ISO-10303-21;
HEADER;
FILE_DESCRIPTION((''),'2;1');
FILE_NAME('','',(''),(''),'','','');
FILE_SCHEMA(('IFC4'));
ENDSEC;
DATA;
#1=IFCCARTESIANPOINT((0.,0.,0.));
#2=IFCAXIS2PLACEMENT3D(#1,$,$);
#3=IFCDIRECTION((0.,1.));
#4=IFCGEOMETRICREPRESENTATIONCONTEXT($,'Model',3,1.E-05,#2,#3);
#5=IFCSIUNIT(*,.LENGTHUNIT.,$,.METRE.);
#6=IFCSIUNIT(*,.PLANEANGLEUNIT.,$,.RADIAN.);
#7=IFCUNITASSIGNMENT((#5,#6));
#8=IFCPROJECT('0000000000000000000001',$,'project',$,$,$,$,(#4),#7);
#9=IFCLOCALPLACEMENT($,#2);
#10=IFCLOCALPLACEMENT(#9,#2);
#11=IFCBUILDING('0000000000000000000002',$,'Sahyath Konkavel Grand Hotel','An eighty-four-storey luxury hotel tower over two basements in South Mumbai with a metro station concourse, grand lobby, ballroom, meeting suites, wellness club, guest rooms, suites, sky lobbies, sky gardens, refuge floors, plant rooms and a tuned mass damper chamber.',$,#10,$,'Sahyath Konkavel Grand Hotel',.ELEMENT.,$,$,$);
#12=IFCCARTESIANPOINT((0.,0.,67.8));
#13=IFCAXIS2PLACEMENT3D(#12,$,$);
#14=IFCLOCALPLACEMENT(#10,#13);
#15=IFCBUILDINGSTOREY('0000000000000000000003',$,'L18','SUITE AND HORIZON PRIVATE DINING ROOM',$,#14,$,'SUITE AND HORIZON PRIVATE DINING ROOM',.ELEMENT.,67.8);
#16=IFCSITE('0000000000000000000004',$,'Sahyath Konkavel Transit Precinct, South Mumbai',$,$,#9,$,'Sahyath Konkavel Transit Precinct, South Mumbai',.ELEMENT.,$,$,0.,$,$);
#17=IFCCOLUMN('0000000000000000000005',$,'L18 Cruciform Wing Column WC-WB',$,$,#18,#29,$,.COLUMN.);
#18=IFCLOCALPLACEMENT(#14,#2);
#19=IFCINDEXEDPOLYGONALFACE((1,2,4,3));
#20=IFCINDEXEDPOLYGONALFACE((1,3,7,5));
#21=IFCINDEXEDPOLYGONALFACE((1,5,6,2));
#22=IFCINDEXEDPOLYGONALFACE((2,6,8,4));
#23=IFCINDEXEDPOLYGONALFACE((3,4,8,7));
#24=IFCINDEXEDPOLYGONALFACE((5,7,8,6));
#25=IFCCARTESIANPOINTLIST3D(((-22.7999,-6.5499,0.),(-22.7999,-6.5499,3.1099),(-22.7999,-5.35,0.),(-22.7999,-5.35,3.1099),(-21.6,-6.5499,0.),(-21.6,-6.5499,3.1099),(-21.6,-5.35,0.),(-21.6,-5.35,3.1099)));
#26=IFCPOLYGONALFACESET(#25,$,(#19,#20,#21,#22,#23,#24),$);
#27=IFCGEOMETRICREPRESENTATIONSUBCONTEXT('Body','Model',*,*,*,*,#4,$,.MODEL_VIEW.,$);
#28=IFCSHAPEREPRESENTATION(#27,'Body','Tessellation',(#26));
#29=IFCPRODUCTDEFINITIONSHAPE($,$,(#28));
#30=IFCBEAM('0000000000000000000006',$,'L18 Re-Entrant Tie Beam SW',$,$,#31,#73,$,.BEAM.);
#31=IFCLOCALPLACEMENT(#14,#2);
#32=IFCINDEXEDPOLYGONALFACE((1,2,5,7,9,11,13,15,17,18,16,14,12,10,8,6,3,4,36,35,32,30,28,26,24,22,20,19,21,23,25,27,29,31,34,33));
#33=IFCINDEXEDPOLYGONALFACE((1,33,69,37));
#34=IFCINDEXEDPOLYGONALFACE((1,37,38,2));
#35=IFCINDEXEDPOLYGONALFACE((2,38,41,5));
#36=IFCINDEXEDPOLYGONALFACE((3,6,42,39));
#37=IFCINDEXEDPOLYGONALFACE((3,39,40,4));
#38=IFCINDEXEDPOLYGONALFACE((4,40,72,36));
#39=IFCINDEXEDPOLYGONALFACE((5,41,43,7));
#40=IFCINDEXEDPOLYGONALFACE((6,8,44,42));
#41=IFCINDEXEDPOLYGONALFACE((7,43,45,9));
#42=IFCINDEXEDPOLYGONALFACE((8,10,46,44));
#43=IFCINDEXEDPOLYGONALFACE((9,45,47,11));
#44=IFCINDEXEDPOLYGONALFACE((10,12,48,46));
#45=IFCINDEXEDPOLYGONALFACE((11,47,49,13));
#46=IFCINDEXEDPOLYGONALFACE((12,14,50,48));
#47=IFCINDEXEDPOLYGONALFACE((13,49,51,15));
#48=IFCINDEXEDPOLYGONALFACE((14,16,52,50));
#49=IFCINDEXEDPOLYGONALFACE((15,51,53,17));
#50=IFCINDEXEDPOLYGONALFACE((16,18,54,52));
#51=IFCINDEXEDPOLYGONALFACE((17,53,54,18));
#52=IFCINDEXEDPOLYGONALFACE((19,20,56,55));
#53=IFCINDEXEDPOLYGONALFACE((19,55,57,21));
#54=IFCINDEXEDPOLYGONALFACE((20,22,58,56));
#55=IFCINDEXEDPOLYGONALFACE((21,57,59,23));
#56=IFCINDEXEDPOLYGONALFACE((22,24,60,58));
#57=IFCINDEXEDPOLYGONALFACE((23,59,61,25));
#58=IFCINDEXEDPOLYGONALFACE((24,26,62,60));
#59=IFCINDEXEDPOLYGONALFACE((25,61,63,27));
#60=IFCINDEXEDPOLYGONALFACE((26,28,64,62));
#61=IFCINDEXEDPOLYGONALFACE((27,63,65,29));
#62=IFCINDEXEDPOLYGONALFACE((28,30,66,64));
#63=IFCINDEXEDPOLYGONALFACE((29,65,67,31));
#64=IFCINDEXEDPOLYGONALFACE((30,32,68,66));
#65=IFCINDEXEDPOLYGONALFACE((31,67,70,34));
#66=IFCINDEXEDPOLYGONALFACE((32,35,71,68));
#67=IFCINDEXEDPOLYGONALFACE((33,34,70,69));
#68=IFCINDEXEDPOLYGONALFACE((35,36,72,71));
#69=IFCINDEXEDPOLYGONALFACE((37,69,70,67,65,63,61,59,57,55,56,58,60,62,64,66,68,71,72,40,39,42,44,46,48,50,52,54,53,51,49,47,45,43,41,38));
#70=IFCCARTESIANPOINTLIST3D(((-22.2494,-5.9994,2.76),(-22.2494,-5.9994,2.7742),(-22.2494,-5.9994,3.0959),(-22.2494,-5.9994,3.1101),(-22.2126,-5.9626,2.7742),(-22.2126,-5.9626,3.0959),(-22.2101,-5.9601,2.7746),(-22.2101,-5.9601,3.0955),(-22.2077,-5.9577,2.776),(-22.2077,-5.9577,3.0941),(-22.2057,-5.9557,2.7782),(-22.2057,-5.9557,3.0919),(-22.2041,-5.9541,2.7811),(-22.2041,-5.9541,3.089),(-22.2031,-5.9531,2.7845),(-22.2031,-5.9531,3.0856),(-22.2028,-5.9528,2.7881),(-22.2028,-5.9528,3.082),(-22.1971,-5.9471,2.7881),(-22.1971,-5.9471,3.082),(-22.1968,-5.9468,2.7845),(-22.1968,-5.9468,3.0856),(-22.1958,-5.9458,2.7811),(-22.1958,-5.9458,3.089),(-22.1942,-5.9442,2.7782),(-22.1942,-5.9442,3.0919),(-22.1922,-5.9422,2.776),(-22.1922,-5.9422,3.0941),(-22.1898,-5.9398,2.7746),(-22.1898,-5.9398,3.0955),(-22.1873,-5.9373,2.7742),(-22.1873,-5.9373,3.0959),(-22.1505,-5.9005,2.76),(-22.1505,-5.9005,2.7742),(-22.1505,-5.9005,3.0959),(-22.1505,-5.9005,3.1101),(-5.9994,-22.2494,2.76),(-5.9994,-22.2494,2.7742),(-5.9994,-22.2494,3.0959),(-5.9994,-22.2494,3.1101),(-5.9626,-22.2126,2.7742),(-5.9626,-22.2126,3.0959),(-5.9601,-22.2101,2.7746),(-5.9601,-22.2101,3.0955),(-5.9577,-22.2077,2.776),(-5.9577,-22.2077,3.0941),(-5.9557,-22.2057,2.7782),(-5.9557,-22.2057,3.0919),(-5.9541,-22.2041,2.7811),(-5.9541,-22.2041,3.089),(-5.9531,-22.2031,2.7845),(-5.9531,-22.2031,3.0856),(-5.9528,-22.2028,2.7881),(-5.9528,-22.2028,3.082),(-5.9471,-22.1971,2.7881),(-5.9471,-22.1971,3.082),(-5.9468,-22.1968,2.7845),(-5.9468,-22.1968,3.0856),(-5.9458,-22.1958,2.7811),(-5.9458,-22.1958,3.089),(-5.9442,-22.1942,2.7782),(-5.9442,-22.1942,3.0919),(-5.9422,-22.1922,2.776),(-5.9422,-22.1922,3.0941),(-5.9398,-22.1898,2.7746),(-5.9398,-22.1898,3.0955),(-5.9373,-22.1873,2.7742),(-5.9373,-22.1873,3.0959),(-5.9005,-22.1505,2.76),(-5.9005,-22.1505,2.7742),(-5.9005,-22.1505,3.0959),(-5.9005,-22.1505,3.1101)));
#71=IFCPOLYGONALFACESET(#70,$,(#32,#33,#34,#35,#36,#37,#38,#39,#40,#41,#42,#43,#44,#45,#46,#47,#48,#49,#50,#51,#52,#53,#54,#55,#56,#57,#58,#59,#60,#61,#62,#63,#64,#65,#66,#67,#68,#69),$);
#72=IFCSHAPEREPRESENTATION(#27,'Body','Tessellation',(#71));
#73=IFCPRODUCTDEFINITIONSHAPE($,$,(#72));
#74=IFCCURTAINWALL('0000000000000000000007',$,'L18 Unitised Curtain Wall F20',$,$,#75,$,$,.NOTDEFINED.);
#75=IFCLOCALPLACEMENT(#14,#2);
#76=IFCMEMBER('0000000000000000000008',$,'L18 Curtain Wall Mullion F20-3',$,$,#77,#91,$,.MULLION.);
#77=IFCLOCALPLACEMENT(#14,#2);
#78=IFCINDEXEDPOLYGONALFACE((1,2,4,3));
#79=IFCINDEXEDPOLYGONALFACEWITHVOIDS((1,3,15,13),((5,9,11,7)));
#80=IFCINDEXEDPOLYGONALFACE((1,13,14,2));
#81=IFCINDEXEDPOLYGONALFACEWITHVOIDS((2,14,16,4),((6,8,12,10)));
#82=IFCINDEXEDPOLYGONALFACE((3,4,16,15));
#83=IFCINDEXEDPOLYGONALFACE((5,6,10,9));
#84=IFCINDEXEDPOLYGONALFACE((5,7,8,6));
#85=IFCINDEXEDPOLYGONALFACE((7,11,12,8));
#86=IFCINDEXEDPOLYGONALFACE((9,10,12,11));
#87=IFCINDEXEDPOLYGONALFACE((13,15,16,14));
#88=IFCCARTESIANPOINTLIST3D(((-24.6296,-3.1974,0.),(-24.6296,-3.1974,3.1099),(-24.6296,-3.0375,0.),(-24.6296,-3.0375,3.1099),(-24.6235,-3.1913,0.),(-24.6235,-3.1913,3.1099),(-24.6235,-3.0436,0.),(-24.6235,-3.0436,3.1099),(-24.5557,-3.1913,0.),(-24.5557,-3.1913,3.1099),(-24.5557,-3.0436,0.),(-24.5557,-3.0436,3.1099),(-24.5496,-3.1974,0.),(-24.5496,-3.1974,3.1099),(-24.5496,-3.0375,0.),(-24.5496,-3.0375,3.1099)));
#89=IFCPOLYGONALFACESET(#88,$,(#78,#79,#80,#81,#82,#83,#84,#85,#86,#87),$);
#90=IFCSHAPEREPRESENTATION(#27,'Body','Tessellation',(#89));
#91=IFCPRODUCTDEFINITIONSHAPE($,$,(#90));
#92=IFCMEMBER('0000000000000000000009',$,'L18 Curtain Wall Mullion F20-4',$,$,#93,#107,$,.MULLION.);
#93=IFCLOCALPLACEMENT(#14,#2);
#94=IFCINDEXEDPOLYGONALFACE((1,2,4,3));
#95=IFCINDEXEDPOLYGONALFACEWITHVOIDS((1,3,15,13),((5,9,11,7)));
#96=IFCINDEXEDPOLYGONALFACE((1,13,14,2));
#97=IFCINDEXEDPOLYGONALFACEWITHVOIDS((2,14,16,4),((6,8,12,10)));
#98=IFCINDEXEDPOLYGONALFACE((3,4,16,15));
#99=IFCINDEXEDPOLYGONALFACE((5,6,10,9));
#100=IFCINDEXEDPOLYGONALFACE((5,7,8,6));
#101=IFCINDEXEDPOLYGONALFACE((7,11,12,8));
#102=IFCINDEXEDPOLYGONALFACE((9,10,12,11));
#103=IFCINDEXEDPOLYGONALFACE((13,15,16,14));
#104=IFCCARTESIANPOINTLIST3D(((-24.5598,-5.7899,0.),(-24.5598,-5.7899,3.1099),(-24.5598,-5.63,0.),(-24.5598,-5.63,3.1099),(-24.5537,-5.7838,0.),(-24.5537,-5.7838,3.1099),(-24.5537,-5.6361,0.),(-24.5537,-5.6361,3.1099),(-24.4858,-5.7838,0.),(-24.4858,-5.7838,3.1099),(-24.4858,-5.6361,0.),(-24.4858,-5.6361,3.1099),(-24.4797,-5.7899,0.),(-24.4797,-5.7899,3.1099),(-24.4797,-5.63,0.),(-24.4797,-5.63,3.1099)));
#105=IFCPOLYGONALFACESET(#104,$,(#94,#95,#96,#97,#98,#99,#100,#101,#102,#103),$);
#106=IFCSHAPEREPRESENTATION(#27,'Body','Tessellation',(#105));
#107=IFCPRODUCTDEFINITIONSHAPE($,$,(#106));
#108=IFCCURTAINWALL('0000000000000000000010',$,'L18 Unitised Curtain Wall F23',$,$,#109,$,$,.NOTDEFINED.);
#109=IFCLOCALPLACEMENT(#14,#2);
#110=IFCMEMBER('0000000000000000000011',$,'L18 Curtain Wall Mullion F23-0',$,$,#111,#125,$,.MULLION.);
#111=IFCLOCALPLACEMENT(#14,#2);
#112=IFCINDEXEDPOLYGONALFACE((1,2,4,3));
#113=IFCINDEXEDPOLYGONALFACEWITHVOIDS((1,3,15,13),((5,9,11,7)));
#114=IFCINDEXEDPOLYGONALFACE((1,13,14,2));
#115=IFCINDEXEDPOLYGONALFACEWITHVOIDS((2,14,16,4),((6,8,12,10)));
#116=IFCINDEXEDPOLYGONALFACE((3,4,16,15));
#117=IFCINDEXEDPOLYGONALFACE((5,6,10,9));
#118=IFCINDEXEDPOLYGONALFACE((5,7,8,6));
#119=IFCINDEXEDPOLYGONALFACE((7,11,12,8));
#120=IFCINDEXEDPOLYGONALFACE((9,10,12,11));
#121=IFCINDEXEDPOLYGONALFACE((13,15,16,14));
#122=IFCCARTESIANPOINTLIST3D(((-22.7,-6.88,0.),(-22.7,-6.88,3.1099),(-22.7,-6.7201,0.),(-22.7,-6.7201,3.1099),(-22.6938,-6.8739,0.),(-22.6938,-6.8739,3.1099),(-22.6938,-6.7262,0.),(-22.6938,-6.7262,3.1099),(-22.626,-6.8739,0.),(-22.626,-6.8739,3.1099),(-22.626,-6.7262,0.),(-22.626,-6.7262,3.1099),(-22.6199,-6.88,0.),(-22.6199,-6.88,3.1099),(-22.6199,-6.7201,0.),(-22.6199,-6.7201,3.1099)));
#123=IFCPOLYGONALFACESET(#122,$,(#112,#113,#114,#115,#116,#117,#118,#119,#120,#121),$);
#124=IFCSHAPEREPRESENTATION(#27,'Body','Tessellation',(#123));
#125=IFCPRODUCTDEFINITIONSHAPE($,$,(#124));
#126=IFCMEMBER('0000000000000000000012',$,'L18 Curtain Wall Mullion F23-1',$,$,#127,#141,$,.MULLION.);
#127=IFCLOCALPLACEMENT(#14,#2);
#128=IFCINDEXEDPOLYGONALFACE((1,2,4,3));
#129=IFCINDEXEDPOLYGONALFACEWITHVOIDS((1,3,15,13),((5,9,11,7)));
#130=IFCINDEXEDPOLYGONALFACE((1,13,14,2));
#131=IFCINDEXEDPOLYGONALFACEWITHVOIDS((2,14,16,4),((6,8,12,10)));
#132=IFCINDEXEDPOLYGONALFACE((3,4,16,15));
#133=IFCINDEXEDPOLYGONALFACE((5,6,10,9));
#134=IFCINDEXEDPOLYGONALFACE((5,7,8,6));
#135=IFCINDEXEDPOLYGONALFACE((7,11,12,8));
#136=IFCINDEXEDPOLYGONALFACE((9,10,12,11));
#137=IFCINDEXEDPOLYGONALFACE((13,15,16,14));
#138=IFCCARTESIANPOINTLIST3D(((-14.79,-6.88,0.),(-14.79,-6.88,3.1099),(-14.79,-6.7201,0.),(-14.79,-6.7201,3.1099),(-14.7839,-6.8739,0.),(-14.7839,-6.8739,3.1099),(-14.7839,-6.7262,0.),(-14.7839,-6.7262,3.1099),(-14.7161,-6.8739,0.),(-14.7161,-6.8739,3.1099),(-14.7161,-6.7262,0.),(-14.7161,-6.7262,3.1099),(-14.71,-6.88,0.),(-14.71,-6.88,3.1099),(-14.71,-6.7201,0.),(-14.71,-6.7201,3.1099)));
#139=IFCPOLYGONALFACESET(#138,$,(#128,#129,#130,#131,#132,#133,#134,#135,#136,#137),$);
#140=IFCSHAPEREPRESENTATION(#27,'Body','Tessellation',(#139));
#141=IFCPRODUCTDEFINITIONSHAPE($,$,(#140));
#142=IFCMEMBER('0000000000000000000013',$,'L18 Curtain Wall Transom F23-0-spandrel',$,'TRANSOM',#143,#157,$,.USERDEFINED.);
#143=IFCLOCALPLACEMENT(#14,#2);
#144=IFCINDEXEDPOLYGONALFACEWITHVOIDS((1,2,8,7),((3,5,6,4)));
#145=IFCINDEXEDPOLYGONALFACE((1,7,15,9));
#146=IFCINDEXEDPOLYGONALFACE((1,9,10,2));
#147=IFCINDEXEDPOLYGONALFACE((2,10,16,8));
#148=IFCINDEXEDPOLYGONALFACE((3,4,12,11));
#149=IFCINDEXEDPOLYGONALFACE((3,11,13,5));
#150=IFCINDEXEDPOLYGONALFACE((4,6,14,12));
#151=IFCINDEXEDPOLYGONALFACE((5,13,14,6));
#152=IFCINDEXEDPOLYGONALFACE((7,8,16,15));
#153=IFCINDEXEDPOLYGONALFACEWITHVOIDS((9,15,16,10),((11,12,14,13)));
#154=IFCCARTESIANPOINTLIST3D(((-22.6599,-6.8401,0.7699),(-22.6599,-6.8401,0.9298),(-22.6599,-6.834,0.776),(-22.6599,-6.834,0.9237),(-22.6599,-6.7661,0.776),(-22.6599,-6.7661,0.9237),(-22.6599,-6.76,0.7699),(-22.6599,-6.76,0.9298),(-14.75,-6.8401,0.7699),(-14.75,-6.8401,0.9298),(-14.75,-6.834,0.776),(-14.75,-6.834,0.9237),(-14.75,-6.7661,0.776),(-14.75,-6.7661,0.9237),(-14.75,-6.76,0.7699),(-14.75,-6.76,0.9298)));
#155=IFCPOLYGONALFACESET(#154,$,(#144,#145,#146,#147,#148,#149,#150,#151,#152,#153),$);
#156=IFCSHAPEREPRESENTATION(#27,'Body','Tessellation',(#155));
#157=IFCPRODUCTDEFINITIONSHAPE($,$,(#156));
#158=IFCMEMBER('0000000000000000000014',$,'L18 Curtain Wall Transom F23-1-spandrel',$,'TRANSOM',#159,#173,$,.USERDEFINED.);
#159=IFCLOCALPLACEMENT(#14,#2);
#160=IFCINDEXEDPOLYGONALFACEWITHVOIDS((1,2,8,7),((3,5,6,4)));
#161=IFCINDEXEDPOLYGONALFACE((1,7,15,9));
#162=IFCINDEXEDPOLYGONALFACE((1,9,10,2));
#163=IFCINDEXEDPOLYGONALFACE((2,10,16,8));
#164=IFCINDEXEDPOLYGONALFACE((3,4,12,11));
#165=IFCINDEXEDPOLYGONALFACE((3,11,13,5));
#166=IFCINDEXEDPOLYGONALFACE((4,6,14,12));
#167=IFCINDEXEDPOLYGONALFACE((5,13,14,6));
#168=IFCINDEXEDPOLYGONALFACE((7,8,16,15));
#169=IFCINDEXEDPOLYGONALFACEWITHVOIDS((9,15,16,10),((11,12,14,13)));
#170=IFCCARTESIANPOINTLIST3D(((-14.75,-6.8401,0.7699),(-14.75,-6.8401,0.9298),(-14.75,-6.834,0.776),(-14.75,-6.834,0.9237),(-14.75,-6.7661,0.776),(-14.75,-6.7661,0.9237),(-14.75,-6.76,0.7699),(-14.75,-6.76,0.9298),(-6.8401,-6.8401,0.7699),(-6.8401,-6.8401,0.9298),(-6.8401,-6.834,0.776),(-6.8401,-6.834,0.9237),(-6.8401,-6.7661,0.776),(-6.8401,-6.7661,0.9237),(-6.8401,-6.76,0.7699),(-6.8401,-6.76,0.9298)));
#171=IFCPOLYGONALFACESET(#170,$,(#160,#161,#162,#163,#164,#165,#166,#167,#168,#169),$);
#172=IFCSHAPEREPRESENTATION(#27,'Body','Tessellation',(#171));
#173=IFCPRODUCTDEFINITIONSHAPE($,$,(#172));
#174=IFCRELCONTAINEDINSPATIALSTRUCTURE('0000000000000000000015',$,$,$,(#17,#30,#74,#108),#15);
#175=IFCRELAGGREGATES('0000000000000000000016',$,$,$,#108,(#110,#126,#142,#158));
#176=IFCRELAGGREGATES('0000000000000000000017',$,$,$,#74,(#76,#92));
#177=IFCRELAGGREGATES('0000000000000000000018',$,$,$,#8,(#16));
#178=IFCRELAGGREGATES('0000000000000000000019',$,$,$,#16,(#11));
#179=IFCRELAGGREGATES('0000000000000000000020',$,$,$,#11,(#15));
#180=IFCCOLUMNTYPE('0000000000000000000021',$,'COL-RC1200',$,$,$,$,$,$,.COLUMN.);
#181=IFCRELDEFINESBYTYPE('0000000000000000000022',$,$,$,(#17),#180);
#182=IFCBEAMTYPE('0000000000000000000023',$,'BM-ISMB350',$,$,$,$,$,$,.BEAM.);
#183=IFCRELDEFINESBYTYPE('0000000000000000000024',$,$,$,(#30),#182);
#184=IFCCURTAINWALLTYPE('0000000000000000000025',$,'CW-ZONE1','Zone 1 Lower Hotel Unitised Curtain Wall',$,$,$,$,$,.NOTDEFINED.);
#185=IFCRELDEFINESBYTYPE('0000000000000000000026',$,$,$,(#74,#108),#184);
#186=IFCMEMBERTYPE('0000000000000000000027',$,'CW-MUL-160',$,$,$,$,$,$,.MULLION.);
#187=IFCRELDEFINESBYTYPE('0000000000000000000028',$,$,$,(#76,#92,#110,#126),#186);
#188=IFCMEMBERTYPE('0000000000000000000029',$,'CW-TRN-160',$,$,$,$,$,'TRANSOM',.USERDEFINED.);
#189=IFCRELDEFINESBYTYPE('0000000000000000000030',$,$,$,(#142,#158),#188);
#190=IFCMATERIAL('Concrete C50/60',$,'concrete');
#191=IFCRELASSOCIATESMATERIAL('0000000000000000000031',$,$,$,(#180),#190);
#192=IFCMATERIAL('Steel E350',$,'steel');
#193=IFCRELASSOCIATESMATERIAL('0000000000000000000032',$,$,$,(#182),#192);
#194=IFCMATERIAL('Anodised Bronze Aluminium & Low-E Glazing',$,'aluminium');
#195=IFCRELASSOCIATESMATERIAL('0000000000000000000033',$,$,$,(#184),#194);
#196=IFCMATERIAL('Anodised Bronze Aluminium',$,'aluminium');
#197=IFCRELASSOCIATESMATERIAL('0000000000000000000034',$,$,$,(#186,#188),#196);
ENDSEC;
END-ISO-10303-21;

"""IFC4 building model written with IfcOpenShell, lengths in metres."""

from ifc_helpers import new_model, si_unit, direction, frame, origin, origin_2d, place, context, subcontext, project, spatial, rectangle, hollow_rectangle, i_section, extrude, source, transform, mapped, material, material_profile, profile_set, type_object, element, aggregate, save


model = new_model("IFC4")

# Units and contexts
model_context = context("Model", 3, precision=1e-05, world=origin(), true_north=direction((0.0, 1.0)))
body_context = subcontext(model_context, "Body", "Model", "MODEL_VIEW")
ifc_project = project(units=[si_unit("LENGTHUNIT", "METRE"), si_unit("PLANEANGLEUNIT", "RADIAN")], contexts=[model_context])

# Site, building, storey
site_placement = place(None, origin())
site = spatial("IfcSite", under=ifc_project, at=site_placement, Name="Sahyath Konkavel Transit Precinct, South Mumbai", LongName="Sahyath Konkavel Transit Precinct, South Mumbai", CompositionType="ELEMENT", RefElevation=0.0)
building_placement = place(site_placement, origin())
building = spatial("IfcBuilding", under=site, at=building_placement, Name="Sahyath Konkavel Grand Hotel", Description="An eighty-four-storey luxury hotel tower over two basements in South Mumbai with a metro station concourse, grand lobby, ballroom, meeting suites, wellness club, guest rooms, suites, sky lobbies, sky gardens, refuge floors, plant rooms and a tuned mass damper chamber.", LongName="Sahyath Konkavel Grand Hotel", CompositionType="ELEMENT")
storey_placement = place(building_placement, frame((0.0, 0.0, 67.8)))
storey = spatial("IfcBuildingStorey", under=building, at=storey_placement, Name="L18", Description="SUITE AND HORIZON PRIVATE DINING ROOM", LongName="SUITE AND HORIZON PRIVATE DINING ROOM", CompositionType="ELEMENT", Elevation=67.8)

# Column
ifc_material_1 = material(Name="Concrete C50/60", Category="concrete")
ifc_material_profile_1 = material_profile(ifc_material_1, rectangle(XDim=1.2, YDim=1.2, at=origin_2d()), Name="RC 1200x1200")
ifc_profile_set_1 = profile_set([ifc_material_profile_1], Name="Concrete C50/60")
column_type = type_object("IfcColumnType", Name="COL-RC1200", PredefinedType="COLUMN", material=ifc_profile_set_1)
shared_shape_1 = source(origin(), body_context, "Body", "SweptSolid", [
    extrude(rectangle(XDim=1.2, YDim=1.2, at=origin_2d()), origin(), (0.0, 0.0, 1.0), 3.1099),
])
column_placement = place(storey_placement, frame((-22.2, -5.95, 0.0), z_axis=(0.0, 0.0, 1.0), x_axis=(1.0, 0.0, 0.0)))
element("IfcColumn", 1, at=column_placement, inside=storey, type_object=column_type, Name="L18 Cruciform Wing Column WC-WB", PredefinedType="COLUMN", context=body_context, shape_type="MappedRepresentation", body=[
    mapped(shared_shape_1, transform((0.0, 0.0, 0.0), scale=1.0)),
])

# Beam
ifc_material_2 = material(Name="Steel E350", Category="steel")
ifc_material_profile_2 = material_profile(ifc_material_2, i_section(OverallWidth=0.1399, OverallDepth=0.3501, WebThickness=0.0081, FlangeThickness=0.0142, FilletRadius=0.0139, at=origin_2d()), Name="ISMB 350")
ifc_profile_set_2 = profile_set([ifc_material_profile_2], Name="Steel E350")
beam_type_1 = type_object("IfcBeamType", Name="BM-ISMB350", PredefinedType="BEAM", material=ifc_profile_set_2)
shared_shape_2 = source(origin(), body_context, "Body", "SweptSolid", [
    extrude(i_section(OverallWidth=0.1399, OverallDepth=0.3501, WebThickness=0.0081, FlangeThickness=0.0142, FilletRadius=0.0139, at=origin_2d()), origin(), (0.0, 0.0, 1.0), 22.981),
])
beam_1_placement = place(storey_placement, frame((-22.2, -5.95, 2.9351), z_axis=(0.707107, -0.707107, 0.0), x_axis=(0.707107, 0.707107, 0.0)))
element("IfcBeam", 2, at=beam_1_placement, inside=storey, type_object=beam_type_1, Name="L18 Re-Entrant Tie Beam SW", PredefinedType="BEAM", context=body_context, shape_type="MappedRepresentation", body=[
    mapped(shared_shape_2, transform((0.0, 0.0, 0.0), scale=1.0)),
])

# Curtain walls, members
ifc_material_3 = material(Name="Anodised Bronze Aluminium & Low-E Glazing", Category="aluminium")
curtain_wall_type = type_object("IfcCurtainWallType", Name="CW-ZONE1", Description="Zone 1 Lower Hotel Unitised Curtain Wall", PredefinedType="NOTDEFINED", material=ifc_material_3)
curtain_wall_1_placement = place(storey_placement, origin())
curtain_wall_1 = element("IfcCurtainWall", 3, at=curtain_wall_1_placement, inside=storey, type_object=curtain_wall_type, Name="L18 Unitised Curtain Wall F20", PredefinedType="NOTDEFINED")
ifc_material_4 = material(Name="Anodised Bronze Aluminium", Category="aluminium")
ifc_material_profile_3 = material_profile(ifc_material_4, hollow_rectangle(XDim=0.0801, YDim=0.1599, WallThickness=0.0061, at=origin_2d()), Name="RHS 160x80x6")
ifc_profile_set_3 = profile_set([ifc_material_profile_3], Name="Anodised Bronze Aluminium")
member_type_1 = type_object("IfcMemberType", Name="CW-MUL-160", PredefinedType="MULLION", material=ifc_profile_set_3)
shared_shape_3 = source(origin(), body_context, "Body", "SweptSolid", [
    extrude(hollow_rectangle(XDim=0.0801, YDim=0.1599, WallThickness=0.0061, at=origin_2d()), origin(), (0.0, 0.0, 1.0), 3.1099),
])
member_1_placement = place(storey_placement, frame((-24.5896, -3.1174, 0.0), z_axis=(0.0, 0.0, 1.0), x_axis=(1.0, 0.0, 0.0)))
member_1 = element("IfcMember", 4, at=member_1_placement, type_object=member_type_1, Name="L18 Curtain Wall Mullion F20-3", PredefinedType="MULLION", context=body_context, shape_type="MappedRepresentation", body=[
    mapped(shared_shape_3, transform((0.0, 0.0, 0.0), scale=1.0)),
])
member_2_placement = place(storey_placement, frame((-24.5198, -5.71, 0.0), z_axis=(0.0, 0.0, 1.0), x_axis=(1.0, 0.0, 0.0)))
member_2 = element("IfcMember", 5, at=member_2_placement, type_object=member_type_1, Name="L18 Curtain Wall Mullion F20-4", PredefinedType="MULLION", context=body_context, shape_type="MappedRepresentation", body=[
    mapped(shared_shape_3, transform((0.0, 0.0, 0.0), scale=1.0)),
])
curtain_wall_2_placement = place(storey_placement, origin())
curtain_wall_2 = element("IfcCurtainWall", 6, at=curtain_wall_2_placement, inside=storey, type_object=curtain_wall_type, Name="L18 Unitised Curtain Wall F23", PredefinedType="NOTDEFINED")
member_3_placement = place(storey_placement, frame((-22.6599, -6.8, 0.0), z_axis=(0.0, 0.0, 1.0), x_axis=(1.0, 0.0, 0.0)))
member_3 = element("IfcMember", 7, at=member_3_placement, type_object=member_type_1, Name="L18 Curtain Wall Mullion F23-0", PredefinedType="MULLION", context=body_context, shape_type="MappedRepresentation", body=[
    mapped(shared_shape_3, transform((0.0, 0.0, 0.0), scale=1.0)),
])
member_4_placement = place(storey_placement, frame((-14.75, -6.8, 0.0), z_axis=(0.0, 0.0, 1.0), x_axis=(1.0, 0.0, 0.0)))
member_4 = element("IfcMember", 8, at=member_4_placement, type_object=member_type_1, Name="L18 Curtain Wall Mullion F23-1", PredefinedType="MULLION", context=body_context, shape_type="MappedRepresentation", body=[
    mapped(shared_shape_3, transform((0.0, 0.0, 0.0), scale=1.0)),
])
ifc_material_profile_4 = material_profile(ifc_material_4, hollow_rectangle(XDim=0.0801, YDim=0.1599, WallThickness=0.0061, at=origin_2d()), Name="RHS 160x80x6")
ifc_profile_set_4 = profile_set([ifc_material_profile_4], Name="Anodised Bronze Aluminium")
member_type_2 = type_object("IfcMemberType", Name="CW-TRN-160", ElementType="TRANSOM", PredefinedType="USERDEFINED", material=ifc_profile_set_4)
shared_shape_4 = source(origin(), body_context, "Body", "SweptSolid", [
    extrude(hollow_rectangle(XDim=0.0801, YDim=0.1599, WallThickness=0.0061, at=origin_2d()), origin(), (0.0, 0.0, 1.0), 7.9099),
])
member_5_placement = place(storey_placement, frame((-22.6599, -6.8, 0.8499), z_axis=(1.0, 0.0, 0.0), x_axis=(0.0, 1.0, 0.0)))
member_5 = element("IfcMember", 9, at=member_5_placement, type_object=member_type_2, Name="L18 Curtain Wall Transom F23-0-spandrel", ObjectType="TRANSOM", PredefinedType="USERDEFINED", context=body_context, shape_type="MappedRepresentation", body=[
    mapped(shared_shape_4, transform((0.0, 0.0, 0.0), scale=1.0)),
])
member_6_placement = place(storey_placement, frame((-14.75, -6.8, 0.8499), z_axis=(1.0, 0.0, 0.0), x_axis=(0.0, 1.0, 0.0)))
member_6 = element("IfcMember", 10, at=member_6_placement, type_object=member_type_2, Name="L18 Curtain Wall Transom F23-1-spandrel", ObjectType="TRANSOM", PredefinedType="USERDEFINED", context=body_context, shape_type="MappedRepresentation", body=[
    mapped(shared_shape_4, transform((0.0, 0.0, 0.0), scale=1.0)),
])

aggregate(curtain_wall_2, [member_3, member_4, member_5, member_6])
aggregate(curtain_wall_1, [member_1, member_2])

save(model, "model.ifc")
